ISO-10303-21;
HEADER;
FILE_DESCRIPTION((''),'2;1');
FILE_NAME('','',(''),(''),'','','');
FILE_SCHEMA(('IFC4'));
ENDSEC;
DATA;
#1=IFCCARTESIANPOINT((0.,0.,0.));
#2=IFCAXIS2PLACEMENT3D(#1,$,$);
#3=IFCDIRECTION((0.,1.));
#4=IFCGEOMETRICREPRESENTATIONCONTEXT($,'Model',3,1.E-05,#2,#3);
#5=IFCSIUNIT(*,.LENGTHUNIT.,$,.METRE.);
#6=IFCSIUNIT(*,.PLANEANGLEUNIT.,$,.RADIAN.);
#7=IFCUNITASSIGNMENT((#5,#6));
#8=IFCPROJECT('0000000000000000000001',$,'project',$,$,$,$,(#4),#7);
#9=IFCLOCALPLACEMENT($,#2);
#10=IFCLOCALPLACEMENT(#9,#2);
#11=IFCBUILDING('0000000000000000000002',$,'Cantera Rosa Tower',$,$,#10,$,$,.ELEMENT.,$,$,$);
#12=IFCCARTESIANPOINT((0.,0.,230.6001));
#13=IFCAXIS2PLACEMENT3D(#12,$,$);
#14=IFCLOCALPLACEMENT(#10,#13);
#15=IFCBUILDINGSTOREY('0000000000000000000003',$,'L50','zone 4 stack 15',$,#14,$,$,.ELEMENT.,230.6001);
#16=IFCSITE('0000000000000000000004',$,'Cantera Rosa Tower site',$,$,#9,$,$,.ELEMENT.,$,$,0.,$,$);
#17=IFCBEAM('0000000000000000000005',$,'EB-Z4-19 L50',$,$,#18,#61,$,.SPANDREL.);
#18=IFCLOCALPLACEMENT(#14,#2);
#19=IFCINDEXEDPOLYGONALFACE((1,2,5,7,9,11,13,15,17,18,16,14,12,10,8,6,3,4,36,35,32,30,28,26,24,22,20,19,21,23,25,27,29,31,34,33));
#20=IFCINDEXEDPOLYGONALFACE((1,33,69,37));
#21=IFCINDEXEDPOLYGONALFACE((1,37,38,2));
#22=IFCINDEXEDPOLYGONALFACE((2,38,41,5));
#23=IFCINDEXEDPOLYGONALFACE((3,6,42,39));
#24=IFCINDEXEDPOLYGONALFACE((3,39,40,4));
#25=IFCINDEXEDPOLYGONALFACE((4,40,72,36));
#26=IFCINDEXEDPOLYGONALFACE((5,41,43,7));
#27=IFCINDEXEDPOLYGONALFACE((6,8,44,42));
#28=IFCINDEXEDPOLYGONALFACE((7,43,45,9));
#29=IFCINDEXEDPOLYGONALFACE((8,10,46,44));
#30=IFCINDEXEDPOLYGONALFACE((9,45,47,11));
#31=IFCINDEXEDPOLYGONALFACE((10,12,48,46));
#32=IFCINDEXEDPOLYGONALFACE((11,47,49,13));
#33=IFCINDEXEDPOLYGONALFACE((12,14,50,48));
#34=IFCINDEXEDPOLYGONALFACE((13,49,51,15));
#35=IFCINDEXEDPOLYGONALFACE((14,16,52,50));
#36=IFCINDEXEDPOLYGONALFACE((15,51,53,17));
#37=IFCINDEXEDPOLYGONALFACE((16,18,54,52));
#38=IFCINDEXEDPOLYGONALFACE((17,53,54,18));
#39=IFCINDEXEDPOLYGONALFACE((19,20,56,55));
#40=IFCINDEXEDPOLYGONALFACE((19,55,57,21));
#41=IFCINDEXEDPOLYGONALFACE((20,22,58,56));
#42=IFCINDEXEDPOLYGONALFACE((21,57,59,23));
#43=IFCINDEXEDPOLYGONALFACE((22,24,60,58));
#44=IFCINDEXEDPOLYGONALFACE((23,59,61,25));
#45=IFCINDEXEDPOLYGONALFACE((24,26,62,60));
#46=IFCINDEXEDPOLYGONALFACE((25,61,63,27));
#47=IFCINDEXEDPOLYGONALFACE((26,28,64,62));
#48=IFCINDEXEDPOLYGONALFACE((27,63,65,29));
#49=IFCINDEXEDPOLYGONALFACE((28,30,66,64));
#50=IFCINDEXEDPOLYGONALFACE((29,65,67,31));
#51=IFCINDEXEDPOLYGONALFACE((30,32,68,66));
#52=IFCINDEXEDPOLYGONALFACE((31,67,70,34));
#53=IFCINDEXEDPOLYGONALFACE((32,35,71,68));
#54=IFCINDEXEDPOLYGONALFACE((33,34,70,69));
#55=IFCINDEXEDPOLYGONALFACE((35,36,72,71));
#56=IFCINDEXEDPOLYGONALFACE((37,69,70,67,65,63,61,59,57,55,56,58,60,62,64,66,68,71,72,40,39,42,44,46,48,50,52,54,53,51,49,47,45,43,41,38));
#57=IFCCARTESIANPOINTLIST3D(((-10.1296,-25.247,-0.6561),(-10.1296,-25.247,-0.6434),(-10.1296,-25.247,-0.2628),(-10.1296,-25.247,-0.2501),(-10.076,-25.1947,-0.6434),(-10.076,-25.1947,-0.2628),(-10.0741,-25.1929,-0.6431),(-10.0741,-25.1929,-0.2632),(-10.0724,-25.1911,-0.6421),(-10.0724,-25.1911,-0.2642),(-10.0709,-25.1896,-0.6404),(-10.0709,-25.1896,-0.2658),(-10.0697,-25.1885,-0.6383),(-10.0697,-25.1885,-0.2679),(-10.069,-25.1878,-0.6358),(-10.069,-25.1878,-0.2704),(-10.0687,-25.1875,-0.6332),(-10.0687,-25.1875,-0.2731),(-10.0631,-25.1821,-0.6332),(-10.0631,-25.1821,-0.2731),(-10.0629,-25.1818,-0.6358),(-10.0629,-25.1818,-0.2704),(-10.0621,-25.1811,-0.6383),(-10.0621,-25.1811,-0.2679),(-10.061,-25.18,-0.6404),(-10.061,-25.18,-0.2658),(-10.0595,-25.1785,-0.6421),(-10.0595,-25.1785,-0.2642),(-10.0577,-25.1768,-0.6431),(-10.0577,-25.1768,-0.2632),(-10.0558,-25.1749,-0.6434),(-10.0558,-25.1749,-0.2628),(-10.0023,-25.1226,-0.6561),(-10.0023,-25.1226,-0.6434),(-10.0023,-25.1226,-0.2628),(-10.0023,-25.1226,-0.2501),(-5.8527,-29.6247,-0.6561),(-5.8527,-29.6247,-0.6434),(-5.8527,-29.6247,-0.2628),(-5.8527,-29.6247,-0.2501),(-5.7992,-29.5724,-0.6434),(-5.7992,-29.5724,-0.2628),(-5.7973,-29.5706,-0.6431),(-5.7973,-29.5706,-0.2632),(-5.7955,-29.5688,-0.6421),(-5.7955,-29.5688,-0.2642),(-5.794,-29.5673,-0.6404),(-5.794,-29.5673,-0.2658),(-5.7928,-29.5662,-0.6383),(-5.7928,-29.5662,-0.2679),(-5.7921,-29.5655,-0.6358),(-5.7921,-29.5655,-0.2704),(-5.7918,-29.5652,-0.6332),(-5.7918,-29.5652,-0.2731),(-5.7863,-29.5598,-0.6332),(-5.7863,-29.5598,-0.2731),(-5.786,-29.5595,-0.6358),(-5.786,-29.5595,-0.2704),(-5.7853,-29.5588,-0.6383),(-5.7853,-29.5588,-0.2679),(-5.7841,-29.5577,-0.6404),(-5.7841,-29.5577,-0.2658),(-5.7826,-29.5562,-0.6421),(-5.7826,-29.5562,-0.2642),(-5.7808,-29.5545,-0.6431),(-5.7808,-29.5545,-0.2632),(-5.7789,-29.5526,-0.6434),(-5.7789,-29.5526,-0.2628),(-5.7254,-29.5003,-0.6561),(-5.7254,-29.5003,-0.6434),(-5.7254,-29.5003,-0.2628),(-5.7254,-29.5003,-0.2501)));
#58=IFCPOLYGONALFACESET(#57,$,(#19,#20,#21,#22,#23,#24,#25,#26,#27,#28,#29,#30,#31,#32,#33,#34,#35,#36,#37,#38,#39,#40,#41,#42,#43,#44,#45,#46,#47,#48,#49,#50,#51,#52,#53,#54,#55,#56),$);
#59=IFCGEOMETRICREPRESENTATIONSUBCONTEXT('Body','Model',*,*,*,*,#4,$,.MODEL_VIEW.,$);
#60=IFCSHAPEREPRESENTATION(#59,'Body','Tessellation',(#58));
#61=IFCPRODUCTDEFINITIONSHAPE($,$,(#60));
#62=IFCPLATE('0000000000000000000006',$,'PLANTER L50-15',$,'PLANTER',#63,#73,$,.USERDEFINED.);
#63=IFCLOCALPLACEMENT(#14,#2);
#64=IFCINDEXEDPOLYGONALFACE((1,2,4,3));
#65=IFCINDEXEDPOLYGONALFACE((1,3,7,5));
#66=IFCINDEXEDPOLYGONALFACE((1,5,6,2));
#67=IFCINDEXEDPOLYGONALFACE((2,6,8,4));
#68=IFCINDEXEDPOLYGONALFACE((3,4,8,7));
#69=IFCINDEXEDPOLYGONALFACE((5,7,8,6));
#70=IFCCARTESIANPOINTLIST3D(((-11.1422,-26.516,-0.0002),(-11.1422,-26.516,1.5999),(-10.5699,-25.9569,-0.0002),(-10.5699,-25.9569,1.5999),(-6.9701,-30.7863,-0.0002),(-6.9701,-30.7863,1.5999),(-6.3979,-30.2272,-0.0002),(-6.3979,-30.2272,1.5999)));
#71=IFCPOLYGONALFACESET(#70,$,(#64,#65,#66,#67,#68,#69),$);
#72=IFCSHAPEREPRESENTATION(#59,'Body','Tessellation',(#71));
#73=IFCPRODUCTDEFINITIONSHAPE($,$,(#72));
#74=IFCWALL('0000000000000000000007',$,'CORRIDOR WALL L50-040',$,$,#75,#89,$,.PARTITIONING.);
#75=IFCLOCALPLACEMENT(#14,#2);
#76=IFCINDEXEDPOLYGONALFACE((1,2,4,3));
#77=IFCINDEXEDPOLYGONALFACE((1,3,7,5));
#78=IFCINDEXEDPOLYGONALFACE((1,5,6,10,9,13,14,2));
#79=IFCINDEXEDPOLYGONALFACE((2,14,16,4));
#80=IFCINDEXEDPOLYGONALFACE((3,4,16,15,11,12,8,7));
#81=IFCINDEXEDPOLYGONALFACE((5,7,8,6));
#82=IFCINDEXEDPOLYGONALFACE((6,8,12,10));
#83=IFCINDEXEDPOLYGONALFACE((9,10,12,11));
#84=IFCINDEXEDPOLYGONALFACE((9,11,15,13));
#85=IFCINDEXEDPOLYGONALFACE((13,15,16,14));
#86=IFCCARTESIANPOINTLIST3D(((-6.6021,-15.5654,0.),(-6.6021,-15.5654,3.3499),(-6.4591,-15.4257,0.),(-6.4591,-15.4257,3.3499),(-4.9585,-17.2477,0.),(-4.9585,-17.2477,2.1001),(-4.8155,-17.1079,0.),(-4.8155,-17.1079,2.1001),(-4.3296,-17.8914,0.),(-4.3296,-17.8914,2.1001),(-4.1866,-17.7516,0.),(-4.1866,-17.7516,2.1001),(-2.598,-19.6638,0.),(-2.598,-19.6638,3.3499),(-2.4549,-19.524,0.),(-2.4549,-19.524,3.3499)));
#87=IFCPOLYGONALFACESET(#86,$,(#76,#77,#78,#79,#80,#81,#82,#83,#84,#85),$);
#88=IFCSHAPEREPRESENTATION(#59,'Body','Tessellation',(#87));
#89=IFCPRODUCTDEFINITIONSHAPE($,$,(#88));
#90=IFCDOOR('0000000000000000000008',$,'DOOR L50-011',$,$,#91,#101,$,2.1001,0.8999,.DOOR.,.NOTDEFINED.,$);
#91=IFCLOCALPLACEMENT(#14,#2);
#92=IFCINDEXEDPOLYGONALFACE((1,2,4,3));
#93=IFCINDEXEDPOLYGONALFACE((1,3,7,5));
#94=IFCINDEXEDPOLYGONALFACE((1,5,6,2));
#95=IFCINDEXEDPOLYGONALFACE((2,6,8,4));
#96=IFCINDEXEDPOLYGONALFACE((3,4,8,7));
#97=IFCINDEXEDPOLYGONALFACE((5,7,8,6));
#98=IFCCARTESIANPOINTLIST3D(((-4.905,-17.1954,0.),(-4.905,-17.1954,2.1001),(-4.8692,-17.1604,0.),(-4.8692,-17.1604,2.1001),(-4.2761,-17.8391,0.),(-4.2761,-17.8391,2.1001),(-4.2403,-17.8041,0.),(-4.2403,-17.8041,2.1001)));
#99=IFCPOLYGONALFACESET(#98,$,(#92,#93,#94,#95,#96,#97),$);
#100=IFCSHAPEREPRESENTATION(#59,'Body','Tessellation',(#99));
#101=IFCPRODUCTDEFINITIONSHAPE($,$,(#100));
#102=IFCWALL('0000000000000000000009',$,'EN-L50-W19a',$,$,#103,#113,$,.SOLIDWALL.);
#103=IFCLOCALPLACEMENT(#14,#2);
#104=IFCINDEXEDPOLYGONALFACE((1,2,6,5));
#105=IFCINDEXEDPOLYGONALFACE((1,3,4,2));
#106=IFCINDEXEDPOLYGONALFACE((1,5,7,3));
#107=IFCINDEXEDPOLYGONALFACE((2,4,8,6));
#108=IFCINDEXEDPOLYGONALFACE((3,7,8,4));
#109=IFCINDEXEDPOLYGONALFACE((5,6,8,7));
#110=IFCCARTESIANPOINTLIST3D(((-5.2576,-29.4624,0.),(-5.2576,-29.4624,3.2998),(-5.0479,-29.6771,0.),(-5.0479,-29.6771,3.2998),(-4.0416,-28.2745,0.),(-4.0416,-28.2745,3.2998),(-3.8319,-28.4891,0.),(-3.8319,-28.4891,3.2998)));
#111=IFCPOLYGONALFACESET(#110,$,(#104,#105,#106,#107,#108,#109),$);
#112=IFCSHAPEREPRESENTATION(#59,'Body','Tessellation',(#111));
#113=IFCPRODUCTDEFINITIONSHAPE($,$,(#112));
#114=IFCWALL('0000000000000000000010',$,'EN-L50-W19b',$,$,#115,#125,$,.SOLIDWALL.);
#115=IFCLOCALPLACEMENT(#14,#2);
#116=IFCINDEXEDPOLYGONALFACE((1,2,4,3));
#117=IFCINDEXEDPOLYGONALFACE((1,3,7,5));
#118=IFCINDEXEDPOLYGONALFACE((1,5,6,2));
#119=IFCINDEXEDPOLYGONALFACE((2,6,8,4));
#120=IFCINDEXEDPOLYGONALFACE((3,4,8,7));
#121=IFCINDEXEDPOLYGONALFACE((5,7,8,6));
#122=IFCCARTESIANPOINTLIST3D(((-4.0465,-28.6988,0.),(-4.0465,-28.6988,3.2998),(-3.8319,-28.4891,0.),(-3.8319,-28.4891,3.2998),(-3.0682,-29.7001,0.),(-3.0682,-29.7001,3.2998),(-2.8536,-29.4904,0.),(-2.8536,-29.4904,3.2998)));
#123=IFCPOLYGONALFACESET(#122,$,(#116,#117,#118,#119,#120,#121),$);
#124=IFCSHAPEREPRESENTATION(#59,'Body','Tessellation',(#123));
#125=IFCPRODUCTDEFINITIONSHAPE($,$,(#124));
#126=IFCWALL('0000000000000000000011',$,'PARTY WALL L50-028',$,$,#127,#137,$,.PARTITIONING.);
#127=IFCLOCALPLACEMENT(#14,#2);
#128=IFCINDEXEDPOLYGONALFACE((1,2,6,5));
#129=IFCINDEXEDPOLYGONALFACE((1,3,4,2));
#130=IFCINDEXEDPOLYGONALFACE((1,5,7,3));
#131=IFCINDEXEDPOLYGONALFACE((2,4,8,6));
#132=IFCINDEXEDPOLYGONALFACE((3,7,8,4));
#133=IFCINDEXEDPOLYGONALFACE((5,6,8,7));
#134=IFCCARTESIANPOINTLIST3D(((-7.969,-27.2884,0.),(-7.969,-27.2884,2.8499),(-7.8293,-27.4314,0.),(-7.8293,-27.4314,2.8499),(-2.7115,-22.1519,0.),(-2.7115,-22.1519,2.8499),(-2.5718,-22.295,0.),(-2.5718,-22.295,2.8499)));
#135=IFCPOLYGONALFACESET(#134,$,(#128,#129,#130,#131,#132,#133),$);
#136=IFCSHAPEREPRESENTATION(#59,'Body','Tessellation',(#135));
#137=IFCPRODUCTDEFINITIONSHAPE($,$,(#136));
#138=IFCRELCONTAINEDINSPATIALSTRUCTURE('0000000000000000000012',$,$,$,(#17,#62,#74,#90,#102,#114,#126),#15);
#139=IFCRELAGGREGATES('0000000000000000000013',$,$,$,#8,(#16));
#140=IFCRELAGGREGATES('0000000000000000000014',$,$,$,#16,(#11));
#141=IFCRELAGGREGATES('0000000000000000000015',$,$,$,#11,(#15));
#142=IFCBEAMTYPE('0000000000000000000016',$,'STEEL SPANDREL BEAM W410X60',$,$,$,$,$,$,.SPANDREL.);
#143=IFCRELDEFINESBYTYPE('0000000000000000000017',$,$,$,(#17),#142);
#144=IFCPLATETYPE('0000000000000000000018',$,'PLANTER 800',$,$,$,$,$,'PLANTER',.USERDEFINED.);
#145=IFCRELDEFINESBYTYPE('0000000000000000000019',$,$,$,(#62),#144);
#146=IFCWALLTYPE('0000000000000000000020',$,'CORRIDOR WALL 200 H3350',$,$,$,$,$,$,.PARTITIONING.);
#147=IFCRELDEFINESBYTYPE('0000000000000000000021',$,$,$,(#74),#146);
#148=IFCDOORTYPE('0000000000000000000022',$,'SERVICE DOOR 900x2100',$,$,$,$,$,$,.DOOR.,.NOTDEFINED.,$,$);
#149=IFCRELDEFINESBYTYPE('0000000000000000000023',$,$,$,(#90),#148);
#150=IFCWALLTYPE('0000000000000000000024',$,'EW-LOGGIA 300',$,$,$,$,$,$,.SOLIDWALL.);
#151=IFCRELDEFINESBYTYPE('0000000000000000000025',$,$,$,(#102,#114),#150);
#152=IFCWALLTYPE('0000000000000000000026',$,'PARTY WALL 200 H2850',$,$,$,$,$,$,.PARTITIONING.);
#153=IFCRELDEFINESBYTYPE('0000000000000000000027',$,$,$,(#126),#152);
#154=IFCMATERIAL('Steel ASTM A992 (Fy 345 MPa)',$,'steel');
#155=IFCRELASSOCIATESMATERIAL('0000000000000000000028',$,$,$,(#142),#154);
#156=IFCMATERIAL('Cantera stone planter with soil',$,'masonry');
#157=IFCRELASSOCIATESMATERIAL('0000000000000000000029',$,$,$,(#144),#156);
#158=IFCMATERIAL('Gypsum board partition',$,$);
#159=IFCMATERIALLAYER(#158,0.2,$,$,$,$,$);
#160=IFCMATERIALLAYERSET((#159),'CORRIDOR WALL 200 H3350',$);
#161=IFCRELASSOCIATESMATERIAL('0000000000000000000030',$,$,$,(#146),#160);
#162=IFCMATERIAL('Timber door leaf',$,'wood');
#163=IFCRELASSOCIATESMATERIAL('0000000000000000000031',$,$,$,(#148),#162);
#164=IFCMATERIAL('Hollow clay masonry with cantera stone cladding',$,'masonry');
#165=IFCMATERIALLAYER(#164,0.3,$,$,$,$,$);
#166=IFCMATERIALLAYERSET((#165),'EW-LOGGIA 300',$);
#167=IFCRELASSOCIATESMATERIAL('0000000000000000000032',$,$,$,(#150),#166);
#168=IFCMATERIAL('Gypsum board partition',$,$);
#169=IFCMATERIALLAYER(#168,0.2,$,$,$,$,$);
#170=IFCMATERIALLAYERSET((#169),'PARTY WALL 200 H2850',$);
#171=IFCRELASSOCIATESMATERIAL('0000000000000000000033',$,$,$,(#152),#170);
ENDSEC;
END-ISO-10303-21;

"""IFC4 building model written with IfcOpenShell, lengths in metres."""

from ifc_helpers import new_model, si_unit, direction, frame, frame_2d, origin, origin_2d, place, context, subcontext, project, spatial, rectangle, i_section, extrude, material, layer, layer_set, material_profile, profile_set, type_object, element, fill, save


model = new_model("IFC4")

# Units and contexts
model_context = context("Model", 3, precision=1e-05, world=origin(), true_north=direction((0.0, 1.0)))
body_context = subcontext(model_context, "Body", "Model", "MODEL_VIEW")
ifc_project = project(units=[si_unit("LENGTHUNIT", "METRE"), si_unit("PLANEANGLEUNIT", "RADIAN")], contexts=[model_context])

# Site, building, storey
site_placement = place(None, origin())
site = spatial("IfcSite", under=ifc_project, at=site_placement, Name="Cantera Rosa Tower site", CompositionType="ELEMENT", RefElevation=0.0)
building_placement = place(site_placement, origin())
building = spatial("IfcBuilding", under=site, at=building_placement, Name="Cantera Rosa Tower", CompositionType="ELEMENT")
storey_placement = place(building_placement, frame((0.0, 0.0, 230.6001)))
storey = spatial("IfcBuildingStorey", under=building, at=storey_placement, Name="L50", Description="zone 4 stack 15", CompositionType="ELEMENT", Elevation=230.6001)

# Beam
ifc_material_1 = material(Name="Steel ASTM A992 (Fy 345 MPa)", Category="steel")
ifc_material_profile_1 = material_profile(ifc_material_1, i_section(OverallWidth=0.178, OverallDepth=0.406, WebThickness=0.0078, FlangeThickness=0.0127, FilletRadius=0.0103, at=origin_2d()), Name="W410X60")
ifc_profile_set_1 = profile_set([ifc_material_profile_1], Name="Steel ASTM A992 (Fy 345 MPa)")
beam_type_1 = type_object("IfcBeamType", Name="STEEL SPANDREL BEAM W410X60", PredefinedType="SPANDREL", material=ifc_profile_set_1)
beam_1_placement = place(storey_placement, frame((-10.0659, -25.1848, -0.4531), z_axis=(0.698821, -0.715296, 0.0), x_axis=(0.715296, 0.698821, 0.0)))
element("IfcBeam", 1, at=beam_1_placement, inside=storey, type_object=beam_type_1, Name="EB-Z4-19 L50", PredefinedType="SPANDREL", context=body_context, shape_type="SweptSolid", body=[
    extrude(i_section(OverallWidth=0.178, OverallDepth=0.406, WebThickness=0.0078, FlangeThickness=0.0127, FilletRadius=0.0103, at=origin_2d()), origin(), (0.0, 0.0, 1.0), 6.1201),
])

# Plate
ifc_material_2 = material(Name="Cantera stone planter with soil", Category="masonry")
plate_type = type_object("IfcPlateType", Name="PLANTER 800", ElementType="PLANTER", PredefinedType="USERDEFINED", material=ifc_material_2)
plate_placement = place(storey_placement, frame((-8.77, -28.3716, -0.0002), z_axis=(0.0, 0.0, 1.0), x_axis=(0.698832, -0.715286, 0.0)))
element("IfcPlate", 2, at=plate_placement, inside=storey, type_object=plate_type, Name="PLANTER L50-15", ObjectType="PLANTER", PredefinedType="USERDEFINED", context=body_context, shape_type="SweptSolid", body=[
    extrude(rectangle(XDim=5.97, YDim=0.8, at=origin_2d()), origin(), (0.0, 0.0, 1.0), 1.6001),
])

# Wall, opening, door
ifc_material_3 = material(Name="Gypsum board partition")
ifc_layer_1 = layer(ifc_material_3, 0.2)
ifc_layer_set_1 = layer_set([ifc_layer_1], Name="CORRIDOR WALL 200 H3350")
wall_type_1 = type_object("IfcWallType", Name="CORRIDOR WALL 200 H3350", PredefinedType="PARTITIONING", material=ifc_layer_set_1)
wall_1_placement = place(storey_placement, frame((-6.5305, -15.4956, 0.0), z_axis=(0.0, 0.0, 1.0), x_axis=(0.698835, -0.715283, 0.0)))
wall_1 = element("IfcWall", 3, at=wall_1_placement, inside=storey, type_object=wall_type_1, Name="CORRIDOR WALL L50-040", PredefinedType="PARTITIONING", context=body_context, shape_type="SweptSolid", body=[
    extrude(rectangle(XDim=5.7297, YDim=0.2, at=frame_2d((2.8647, 0.0))), origin(), (0.0, 0.0, 1.0), 3.3499),
])
opening_1_placement = place(wall_1_placement, frame((2.3518, 0.0, 0.0)))
opening_1 = element("IfcOpeningElement", 4, at=opening_1_placement, cuts=wall_1, PredefinedType="OPENING", context=body_context, shape_type="SweptSolid", body=[
    extrude(rectangle(XDim=0.8999, YDim=2.1001, at=frame_2d((0.45, 1.05))), frame((0.0, 0.1099, 0.0), z_axis=(0.0, -1.0, 0.0), x_axis=(1.0, 0.0, 0.0)), (0.0, 0.0, 1.0), 0.22),
])
ifc_material_4 = material(Name="Timber door leaf", Category="wood")
door_type_1 = type_object("IfcDoorType", Name="SERVICE DOOR 900x2100", OperationType="NOTDEFINED", PredefinedType="DOOR", material=ifc_material_4)
door_1_placement = place(opening_1_placement, origin())
door_1 = element("IfcDoor", 5, at=door_1_placement, inside=storey, type_object=door_type_1, Name="DOOR L50-011", OperationType="NOTDEFINED", OverallHeight=2.1001, OverallWidth=0.8999, PredefinedType="DOOR", context=body_context, shape_type="SweptSolid", body=[
    extrude(rectangle(XDim=0.8999, YDim=2.1001, at=frame_2d((0.45, 1.05))), frame((0.0, 0.0249, 0.0), z_axis=(0.0, -1.0, 0.0), x_axis=(1.0, 0.0, 0.0)), (0.0, 0.0, 1.0), 0.05),
])
fill(opening_1, door_1)

# Walls
ifc_material_5 = material(Name="Hollow clay masonry with cantera stone cladding", Category="masonry")
ifc_layer_2 = layer(ifc_material_5, 0.3)
ifc_layer_set_2 = layer_set([ifc_layer_2], Name="EW-LOGGIA 300")
wall_type_2 = type_object("IfcWallType", Name="EW-LOGGIA 300", PredefinedType="SOLIDWALL", material=ifc_layer_set_2)
wall_2_placement = place(storey_placement, frame((-5.1528, -29.5698, 0.0), z_axis=(0.0, 0.0, 1.0), x_axis=(0.715316, 0.698801, 0.0)))
element("IfcWall", 6, at=wall_2_placement, inside=storey, type_object=wall_type_2, Name="EN-L50-W19a", PredefinedType="SOLIDWALL", context=body_context, shape_type="SweptSolid", body=[
    extrude(rectangle(XDim=1.7, YDim=0.3, at=frame_2d((0.8501, 0.0))), origin(), (0.0, 0.0, 1.0), 3.2998),
])
wall_3_placement = place(storey_placement, frame((-3.9392, -28.594, 0.0), z_axis=(0.0, 0.0, 1.0), x_axis=(0.698862, -0.715257, 0.0)))
element("IfcWall", 7, at=wall_3_placement, inside=storey, type_object=wall_type_2, Name="EN-L50-W19b", PredefinedType="SOLIDWALL", context=body_context, shape_type="SweptSolid", body=[
    extrude(rectangle(XDim=1.3999, YDim=0.3, at=frame_2d((0.7, 0.0))), origin(), (0.0, 0.0, 1.0), 3.2998),
])

# Wall
ifc_material_6 = material(Name="Gypsum board partition")
ifc_layer_3 = layer(ifc_material_6, 0.2)
ifc_layer_set_3 = layer_set([ifc_layer_3], Name="PARTY WALL 200 H2850")
wall_type_3 = type_object("IfcWallType", Name="PARTY WALL 200 H2850", PredefinedType="PARTITIONING", material=ifc_layer_set_3)
wall_4_placement = place(storey_placement, frame((-7.8992, -27.3599, 0.0), z_axis=(0.0, 0.0, 1.0), x_axis=(0.715296, 0.698821, 0.0)))
element("IfcWall", 8, at=wall_4_placement, inside=storey, type_object=wall_type_3, Name="PARTY WALL L50-028", PredefinedType="PARTITIONING", context=body_context, shape_type="SweptSolid", body=[
    extrude(rectangle(XDim=7.3501, YDim=0.2, at=frame_2d((3.675, 0.0))), origin(), (0.0, 0.0, 1.0), 2.8499),
])

save(model, "model.ifc")
